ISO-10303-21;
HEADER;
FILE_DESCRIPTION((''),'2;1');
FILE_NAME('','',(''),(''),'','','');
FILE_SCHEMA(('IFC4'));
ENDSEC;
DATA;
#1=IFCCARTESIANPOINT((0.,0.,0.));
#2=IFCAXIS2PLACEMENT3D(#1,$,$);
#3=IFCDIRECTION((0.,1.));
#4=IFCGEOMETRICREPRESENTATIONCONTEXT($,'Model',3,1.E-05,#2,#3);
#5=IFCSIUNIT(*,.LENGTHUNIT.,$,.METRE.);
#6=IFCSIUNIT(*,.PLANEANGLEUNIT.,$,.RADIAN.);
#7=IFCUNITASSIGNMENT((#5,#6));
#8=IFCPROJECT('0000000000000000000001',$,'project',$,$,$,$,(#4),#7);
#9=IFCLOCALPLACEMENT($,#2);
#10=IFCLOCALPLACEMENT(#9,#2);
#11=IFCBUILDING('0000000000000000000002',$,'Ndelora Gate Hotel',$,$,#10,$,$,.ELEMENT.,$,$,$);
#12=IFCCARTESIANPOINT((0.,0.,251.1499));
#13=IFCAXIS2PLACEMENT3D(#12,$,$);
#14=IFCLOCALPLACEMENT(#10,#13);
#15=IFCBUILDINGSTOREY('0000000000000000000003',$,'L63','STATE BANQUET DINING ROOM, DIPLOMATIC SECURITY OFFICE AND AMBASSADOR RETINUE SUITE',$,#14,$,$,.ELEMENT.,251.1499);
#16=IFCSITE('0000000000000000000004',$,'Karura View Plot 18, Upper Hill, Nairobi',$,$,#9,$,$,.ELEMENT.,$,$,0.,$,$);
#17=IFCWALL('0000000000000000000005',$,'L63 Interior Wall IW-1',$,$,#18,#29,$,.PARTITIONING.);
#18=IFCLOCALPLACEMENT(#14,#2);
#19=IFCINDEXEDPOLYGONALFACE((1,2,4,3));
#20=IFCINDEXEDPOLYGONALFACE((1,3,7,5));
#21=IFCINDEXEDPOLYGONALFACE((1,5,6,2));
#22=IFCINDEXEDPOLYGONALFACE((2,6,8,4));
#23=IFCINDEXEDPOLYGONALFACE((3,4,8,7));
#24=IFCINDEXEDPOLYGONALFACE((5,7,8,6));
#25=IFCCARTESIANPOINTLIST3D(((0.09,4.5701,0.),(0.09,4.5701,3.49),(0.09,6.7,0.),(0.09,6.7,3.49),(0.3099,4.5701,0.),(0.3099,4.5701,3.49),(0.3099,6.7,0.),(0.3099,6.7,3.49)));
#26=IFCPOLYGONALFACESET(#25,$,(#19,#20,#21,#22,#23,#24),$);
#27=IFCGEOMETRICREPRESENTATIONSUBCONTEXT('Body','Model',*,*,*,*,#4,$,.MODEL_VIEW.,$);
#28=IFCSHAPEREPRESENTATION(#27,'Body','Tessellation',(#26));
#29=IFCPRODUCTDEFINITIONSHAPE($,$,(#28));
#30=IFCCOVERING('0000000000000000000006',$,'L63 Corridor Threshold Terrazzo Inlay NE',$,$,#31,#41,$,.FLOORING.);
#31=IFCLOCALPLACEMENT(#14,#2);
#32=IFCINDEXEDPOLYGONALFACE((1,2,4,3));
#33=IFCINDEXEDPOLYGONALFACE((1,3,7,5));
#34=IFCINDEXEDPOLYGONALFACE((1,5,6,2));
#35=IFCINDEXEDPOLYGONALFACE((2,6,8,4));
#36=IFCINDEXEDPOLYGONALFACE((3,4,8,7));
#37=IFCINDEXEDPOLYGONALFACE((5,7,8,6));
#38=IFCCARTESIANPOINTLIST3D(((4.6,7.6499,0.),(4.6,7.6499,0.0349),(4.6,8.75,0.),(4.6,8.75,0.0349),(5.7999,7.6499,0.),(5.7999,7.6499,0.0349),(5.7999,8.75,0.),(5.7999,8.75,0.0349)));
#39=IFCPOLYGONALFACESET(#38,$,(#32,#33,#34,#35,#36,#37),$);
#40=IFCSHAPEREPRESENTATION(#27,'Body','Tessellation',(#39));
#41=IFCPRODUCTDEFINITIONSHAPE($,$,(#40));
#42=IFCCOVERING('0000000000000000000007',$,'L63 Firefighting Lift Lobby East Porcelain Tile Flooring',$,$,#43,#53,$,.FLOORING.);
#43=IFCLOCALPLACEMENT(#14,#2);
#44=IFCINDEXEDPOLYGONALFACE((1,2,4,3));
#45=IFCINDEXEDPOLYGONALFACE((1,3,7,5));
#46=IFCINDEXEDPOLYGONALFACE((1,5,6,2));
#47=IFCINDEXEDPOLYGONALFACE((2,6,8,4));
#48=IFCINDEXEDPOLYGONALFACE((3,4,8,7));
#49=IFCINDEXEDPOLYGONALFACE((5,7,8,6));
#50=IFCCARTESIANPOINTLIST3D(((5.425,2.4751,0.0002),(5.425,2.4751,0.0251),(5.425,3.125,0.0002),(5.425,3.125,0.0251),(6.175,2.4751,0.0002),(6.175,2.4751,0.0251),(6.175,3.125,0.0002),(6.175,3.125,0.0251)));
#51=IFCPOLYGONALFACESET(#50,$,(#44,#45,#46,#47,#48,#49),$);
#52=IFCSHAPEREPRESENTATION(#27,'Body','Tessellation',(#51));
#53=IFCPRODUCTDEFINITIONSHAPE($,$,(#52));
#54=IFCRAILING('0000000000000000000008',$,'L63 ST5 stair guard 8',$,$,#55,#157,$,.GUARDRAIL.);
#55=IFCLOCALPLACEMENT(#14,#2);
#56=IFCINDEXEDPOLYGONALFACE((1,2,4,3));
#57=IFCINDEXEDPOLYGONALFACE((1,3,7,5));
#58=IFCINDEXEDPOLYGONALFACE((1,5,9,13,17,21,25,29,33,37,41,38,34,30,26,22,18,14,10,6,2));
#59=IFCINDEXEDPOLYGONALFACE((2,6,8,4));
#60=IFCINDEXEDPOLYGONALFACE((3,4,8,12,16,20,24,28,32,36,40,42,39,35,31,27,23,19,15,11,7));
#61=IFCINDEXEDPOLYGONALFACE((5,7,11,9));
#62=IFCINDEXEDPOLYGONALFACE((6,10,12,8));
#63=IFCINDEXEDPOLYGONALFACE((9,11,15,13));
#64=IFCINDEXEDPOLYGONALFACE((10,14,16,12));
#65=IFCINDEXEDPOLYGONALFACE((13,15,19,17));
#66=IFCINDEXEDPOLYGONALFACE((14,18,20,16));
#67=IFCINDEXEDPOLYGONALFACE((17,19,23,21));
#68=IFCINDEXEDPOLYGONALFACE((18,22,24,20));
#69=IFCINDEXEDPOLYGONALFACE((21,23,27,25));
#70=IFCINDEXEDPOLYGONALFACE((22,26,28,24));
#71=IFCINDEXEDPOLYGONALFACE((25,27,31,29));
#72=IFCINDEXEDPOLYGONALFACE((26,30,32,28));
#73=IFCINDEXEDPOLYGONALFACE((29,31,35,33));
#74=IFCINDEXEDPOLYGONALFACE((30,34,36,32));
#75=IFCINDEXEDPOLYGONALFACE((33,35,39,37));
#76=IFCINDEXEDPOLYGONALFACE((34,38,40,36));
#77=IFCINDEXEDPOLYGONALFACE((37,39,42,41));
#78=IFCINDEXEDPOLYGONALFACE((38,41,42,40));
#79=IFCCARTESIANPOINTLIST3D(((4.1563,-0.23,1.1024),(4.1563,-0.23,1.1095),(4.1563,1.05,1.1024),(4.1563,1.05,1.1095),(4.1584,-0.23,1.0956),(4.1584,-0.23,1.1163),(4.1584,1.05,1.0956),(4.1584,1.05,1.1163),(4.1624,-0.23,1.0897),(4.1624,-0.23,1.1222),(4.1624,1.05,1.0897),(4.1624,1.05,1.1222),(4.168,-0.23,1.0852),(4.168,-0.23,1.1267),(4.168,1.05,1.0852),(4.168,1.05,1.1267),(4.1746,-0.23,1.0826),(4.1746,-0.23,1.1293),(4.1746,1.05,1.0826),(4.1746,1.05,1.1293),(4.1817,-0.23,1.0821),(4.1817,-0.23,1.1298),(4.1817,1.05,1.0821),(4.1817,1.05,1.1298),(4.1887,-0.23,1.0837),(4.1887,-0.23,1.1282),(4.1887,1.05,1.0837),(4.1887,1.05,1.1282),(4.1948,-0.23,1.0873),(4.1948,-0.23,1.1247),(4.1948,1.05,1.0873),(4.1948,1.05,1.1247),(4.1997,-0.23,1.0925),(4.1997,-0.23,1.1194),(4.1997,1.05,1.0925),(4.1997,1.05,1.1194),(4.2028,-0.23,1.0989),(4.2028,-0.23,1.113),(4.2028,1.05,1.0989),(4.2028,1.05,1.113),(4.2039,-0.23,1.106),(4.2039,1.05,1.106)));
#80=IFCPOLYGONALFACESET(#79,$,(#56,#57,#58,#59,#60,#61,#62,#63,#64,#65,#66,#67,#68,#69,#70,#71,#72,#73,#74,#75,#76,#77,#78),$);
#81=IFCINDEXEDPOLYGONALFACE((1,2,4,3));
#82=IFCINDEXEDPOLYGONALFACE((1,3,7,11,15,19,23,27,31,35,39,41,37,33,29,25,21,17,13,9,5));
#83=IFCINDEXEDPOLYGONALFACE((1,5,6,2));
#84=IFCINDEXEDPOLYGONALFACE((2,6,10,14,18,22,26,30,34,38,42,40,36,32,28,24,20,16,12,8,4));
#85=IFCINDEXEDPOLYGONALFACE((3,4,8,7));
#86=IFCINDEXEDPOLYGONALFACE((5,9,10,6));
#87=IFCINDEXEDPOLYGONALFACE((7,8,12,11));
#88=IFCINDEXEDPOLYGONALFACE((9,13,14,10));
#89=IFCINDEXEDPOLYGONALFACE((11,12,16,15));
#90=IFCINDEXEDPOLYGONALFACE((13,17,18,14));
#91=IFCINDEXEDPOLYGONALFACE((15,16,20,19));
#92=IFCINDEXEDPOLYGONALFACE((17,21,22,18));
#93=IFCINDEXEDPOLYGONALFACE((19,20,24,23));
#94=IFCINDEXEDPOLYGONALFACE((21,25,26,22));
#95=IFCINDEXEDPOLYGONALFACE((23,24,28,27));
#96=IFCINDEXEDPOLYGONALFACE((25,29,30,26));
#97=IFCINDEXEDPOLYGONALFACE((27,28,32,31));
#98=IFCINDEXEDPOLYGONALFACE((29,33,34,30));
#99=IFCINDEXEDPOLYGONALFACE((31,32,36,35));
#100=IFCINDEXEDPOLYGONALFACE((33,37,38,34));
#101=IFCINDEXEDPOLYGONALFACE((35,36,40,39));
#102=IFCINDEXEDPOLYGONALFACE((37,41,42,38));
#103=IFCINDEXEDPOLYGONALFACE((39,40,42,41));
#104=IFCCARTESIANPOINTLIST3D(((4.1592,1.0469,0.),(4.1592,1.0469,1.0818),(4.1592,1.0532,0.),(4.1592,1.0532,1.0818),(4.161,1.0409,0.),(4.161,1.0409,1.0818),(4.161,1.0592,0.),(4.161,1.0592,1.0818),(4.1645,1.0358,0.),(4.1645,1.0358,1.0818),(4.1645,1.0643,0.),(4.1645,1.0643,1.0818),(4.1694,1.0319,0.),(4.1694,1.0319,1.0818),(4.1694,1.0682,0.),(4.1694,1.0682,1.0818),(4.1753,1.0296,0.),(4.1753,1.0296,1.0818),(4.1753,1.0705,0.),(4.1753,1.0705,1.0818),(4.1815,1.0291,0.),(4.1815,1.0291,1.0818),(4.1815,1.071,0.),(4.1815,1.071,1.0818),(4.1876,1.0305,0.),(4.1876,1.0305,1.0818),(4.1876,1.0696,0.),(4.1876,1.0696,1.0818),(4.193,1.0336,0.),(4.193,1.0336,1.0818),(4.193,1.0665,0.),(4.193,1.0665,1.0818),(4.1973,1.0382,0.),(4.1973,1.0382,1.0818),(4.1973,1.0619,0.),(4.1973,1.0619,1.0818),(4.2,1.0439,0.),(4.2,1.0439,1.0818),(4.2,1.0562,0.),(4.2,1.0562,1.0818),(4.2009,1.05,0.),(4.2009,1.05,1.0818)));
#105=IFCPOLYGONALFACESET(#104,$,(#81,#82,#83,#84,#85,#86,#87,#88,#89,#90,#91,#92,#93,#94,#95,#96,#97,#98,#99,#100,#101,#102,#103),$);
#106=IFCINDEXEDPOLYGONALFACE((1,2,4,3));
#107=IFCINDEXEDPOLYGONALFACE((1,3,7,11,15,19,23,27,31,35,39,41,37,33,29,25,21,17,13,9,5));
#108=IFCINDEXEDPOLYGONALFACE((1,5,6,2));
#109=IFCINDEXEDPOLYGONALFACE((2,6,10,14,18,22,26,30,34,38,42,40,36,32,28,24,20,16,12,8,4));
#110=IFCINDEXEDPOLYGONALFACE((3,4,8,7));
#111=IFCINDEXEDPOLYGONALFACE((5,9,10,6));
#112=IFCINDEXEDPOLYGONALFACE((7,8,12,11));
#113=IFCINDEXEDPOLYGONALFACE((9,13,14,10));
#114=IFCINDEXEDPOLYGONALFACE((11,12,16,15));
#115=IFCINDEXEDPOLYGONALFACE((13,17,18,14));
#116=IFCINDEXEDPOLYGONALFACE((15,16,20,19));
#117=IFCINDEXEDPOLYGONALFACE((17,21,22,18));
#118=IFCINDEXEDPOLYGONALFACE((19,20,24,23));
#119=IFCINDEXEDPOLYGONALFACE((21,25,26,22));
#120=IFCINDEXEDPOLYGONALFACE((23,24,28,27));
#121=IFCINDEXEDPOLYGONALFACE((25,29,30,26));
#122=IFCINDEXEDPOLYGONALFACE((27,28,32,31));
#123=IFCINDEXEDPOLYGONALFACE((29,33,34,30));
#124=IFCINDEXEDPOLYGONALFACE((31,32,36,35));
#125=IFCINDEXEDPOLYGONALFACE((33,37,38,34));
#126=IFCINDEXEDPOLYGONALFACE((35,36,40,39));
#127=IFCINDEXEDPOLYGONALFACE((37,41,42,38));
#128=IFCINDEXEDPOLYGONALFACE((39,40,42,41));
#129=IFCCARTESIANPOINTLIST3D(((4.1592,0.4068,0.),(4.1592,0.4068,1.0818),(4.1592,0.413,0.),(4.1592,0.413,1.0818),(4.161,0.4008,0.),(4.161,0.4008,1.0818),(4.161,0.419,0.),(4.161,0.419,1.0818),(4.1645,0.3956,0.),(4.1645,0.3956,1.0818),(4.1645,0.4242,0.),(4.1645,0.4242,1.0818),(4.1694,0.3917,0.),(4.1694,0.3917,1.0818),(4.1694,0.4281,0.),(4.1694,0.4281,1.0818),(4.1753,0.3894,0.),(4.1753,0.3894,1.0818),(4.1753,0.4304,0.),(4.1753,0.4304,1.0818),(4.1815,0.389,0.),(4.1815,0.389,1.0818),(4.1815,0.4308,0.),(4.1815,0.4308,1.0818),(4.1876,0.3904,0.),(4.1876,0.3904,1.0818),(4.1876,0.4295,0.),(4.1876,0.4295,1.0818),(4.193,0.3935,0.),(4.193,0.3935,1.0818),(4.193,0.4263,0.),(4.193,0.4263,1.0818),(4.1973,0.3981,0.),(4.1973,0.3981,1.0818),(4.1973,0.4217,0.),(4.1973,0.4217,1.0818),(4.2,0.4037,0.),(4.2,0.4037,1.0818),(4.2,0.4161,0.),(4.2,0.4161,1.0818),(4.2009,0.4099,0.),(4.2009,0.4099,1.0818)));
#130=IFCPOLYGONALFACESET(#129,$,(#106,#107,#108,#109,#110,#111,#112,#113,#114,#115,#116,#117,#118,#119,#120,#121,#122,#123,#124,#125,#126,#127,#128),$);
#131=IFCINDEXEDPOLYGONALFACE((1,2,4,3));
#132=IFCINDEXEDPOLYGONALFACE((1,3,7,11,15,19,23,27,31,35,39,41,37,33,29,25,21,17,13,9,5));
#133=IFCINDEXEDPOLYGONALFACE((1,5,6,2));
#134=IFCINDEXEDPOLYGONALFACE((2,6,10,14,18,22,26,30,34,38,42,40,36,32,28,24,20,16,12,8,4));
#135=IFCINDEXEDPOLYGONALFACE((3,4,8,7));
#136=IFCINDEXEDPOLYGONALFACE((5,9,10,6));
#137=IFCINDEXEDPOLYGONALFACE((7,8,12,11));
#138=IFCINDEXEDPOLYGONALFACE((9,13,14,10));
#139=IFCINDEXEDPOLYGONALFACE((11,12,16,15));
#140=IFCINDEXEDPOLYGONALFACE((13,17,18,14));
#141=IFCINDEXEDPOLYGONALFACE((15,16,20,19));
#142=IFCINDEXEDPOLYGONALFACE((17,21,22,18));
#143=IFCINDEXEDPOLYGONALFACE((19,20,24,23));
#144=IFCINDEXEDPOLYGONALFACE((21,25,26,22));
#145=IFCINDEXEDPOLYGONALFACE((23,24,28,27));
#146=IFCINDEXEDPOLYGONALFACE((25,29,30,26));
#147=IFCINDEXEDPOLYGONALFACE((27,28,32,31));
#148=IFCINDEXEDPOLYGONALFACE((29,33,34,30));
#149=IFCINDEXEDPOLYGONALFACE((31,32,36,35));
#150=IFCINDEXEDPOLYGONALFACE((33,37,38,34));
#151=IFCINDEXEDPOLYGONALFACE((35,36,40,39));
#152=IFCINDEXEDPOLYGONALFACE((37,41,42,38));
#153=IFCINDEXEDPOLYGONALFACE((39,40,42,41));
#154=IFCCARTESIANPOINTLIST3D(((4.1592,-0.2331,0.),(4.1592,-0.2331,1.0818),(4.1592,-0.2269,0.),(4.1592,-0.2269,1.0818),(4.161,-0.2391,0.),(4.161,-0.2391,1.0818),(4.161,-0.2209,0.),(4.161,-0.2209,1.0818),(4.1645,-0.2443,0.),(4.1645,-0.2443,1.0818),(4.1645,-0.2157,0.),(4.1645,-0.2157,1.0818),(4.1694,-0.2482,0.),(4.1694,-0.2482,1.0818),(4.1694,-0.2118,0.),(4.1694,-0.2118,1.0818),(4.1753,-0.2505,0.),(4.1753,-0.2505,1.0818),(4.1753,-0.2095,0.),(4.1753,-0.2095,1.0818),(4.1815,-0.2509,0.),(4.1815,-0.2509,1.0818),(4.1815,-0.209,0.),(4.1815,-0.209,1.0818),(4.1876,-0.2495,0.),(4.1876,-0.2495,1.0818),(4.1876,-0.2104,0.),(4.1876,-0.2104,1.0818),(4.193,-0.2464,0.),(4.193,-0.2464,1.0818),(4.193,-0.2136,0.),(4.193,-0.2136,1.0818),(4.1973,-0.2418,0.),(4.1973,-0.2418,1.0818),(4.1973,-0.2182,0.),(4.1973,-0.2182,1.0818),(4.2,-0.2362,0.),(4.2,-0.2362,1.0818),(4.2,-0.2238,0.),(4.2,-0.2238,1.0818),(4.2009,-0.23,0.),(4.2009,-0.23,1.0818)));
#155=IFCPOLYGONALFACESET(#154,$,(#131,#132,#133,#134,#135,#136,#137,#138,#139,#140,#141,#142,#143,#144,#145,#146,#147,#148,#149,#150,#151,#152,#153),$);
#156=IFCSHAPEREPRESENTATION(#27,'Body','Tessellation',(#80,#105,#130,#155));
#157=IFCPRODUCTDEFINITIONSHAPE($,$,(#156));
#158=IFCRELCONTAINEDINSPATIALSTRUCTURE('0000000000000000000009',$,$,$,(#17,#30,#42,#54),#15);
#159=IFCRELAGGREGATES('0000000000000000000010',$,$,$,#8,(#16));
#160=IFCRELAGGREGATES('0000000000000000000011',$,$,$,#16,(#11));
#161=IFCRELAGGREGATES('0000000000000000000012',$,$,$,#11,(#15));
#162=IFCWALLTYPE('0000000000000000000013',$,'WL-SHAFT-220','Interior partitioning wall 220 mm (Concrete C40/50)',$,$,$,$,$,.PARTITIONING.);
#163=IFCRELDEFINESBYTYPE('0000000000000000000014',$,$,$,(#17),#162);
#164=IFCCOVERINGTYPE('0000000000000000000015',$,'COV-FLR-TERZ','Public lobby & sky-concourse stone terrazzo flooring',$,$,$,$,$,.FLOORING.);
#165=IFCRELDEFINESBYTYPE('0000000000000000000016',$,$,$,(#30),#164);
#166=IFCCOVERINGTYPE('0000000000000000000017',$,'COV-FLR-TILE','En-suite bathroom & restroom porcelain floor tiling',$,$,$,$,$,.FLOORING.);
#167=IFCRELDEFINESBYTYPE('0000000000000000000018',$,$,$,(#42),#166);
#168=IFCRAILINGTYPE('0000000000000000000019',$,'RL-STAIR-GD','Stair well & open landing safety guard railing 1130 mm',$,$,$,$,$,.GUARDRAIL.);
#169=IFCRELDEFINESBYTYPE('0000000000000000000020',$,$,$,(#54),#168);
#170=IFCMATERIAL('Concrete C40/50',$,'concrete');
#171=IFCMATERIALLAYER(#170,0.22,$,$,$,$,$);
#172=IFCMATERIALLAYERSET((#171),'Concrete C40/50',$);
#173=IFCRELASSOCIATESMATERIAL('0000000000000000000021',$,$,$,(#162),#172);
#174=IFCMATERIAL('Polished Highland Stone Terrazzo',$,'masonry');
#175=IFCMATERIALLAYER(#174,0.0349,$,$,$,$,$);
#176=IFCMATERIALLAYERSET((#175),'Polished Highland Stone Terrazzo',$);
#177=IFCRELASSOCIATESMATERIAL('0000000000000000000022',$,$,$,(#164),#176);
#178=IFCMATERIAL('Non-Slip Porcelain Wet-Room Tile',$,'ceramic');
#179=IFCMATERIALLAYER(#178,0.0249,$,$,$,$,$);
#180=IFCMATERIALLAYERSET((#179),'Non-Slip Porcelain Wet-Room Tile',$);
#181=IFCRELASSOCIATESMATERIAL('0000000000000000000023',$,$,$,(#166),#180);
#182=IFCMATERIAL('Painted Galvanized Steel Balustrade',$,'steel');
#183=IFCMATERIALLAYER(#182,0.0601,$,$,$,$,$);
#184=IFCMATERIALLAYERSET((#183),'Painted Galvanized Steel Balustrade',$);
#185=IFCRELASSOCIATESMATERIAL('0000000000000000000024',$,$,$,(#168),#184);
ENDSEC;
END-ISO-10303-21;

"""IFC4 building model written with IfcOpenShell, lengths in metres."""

from ifc_helpers import new_model, si_unit, direction, frame, frame_2d, origin, origin_2d, place, context, subcontext, project, spatial, rectangle, circle, extrude, material, layer, layer_set, type_object, element, save


model = new_model("IFC4")

# Units and contexts
model_context = context("Model", 3, precision=1e-05, world=origin(), true_north=direction((0.0, 1.0)))
body_context = subcontext(model_context, "Body", "Model", "MODEL_VIEW")
ifc_project = project(units=[si_unit("LENGTHUNIT", "METRE"), si_unit("PLANEANGLEUNIT", "RADIAN")], contexts=[model_context])

# Site, building, storey
site_placement = place(None, origin())
site = spatial("IfcSite", under=ifc_project, at=site_placement, Name="Karura View Plot 18, Upper Hill, Nairobi", CompositionType="ELEMENT", RefElevation=0.0)
building_placement = place(site_placement, origin())
building = spatial("IfcBuilding", under=site, at=building_placement, Name="Ndelora Gate Hotel", CompositionType="ELEMENT")
storey_placement = place(building_placement, frame((0.0, 0.0, 251.1499)))
storey = spatial("IfcBuildingStorey", under=building, at=storey_placement, Name="L63", Description="STATE BANQUET DINING ROOM, DIPLOMATIC SECURITY OFFICE AND AMBASSADOR RETINUE SUITE", CompositionType="ELEMENT", Elevation=251.1499)

# Shared definitions
ifc_material_1 = material(Name="Concrete C40/50", Category="concrete")

# Shared definitions
ifc_layer_1 = layer(ifc_material_1, 0.22)
ifc_layer_set_1 = layer_set([ifc_layer_1], Name="Concrete C40/50")
wall_type_1 = type_object("IfcWallType", Name="WL-SHAFT-220", Description="Interior partitioning wall 220 mm (Concrete C40/50)", PredefinedType="PARTITIONING", material=ifc_layer_set_1)

# Wall
wall_1_placement = place(storey_placement, frame((0.2, 4.5701, 0.0), z_axis=(0.0, 0.0, 1.0), x_axis=(0.0, 1.0, 0.0)))
element("IfcWall", 1, at=wall_1_placement, inside=storey, type_object=wall_type_1, Name="L63 Interior Wall IW-1", PredefinedType="PARTITIONING", context=body_context, shape_type="SweptSolid", body=[
    extrude(rectangle(XDim=2.1299, YDim=0.22, at=frame_2d((1.0649, 0.0))), origin(), (0.0, 0.0, 1.0), 3.49),
])

# Coverings
ifc_material_2 = material(Name="Polished Highland Stone Terrazzo", Category="masonry")
ifc_layer_2 = layer(ifc_material_2, 0.0349)
ifc_layer_set_2 = layer_set([ifc_layer_2], Name="Polished Highland Stone Terrazzo")
covering_type_1 = type_object("IfcCoveringType", Name="COV-FLR-TERZ", Description="Public lobby & sky-concourse stone terrazzo flooring", PredefinedType="FLOORING", material=ifc_layer_set_2)
covering_1_placement = place(storey_placement, frame((5.2, 8.2, 0.0), z_axis=(0.0, 0.0, 1.0), x_axis=(1.0, 0.0, 0.0)))
element("IfcCovering", 2, at=covering_1_placement, inside=storey, type_object=covering_type_1, Name="L63 Corridor Threshold Terrazzo Inlay NE", PredefinedType="FLOORING", context=body_context, shape_type="SweptSolid", body=[
    extrude(rectangle(XDim=1.2, YDim=1.1001, at=origin_2d()), origin(), (0.0, 0.0, 1.0), 0.0349),
])
ifc_material_3 = material(Name="Non-Slip Porcelain Wet-Room Tile", Category="ceramic")
ifc_layer_3 = layer(ifc_material_3, 0.0249)
ifc_layer_set_3 = layer_set([ifc_layer_3], Name="Non-Slip Porcelain Wet-Room Tile")
covering_type_2 = type_object("IfcCoveringType", Name="COV-FLR-TILE", Description="En-suite bathroom & restroom porcelain floor tiling", PredefinedType="FLOORING", material=ifc_layer_set_3)
covering_2_placement = place(storey_placement, frame((5.8, 2.8, 0.0002), z_axis=(0.0, 0.0, 1.0), x_axis=(1.0, 0.0, 0.0)))
element("IfcCovering", 3, at=covering_2_placement, inside=storey, type_object=covering_type_2, Name="L63 Firefighting Lift Lobby East Porcelain Tile Flooring", PredefinedType="FLOORING", context=body_context, shape_type="SweptSolid", body=[
    extrude(rectangle(XDim=0.75, YDim=0.6499, at=origin_2d()), origin(), (0.0, 0.0, 1.0), 0.0249),
])

# Railing
ifc_material_4 = material(Name="Painted Galvanized Steel Balustrade", Category="steel")
ifc_layer_4 = layer(ifc_material_4, 0.0601)
ifc_layer_set_4 = layer_set([ifc_layer_4], Name="Painted Galvanized Steel Balustrade")
railing_type = type_object("IfcRailingType", Name="RL-STAIR-GD", Description="Stair well & open landing safety guard railing 1130 mm", PredefinedType="GUARDRAIL", material=ifc_layer_set_4)
for number, where, name in (
    (4, (4.1799, 1.05, 0.0), "L63 ST5 stair guard 8"),
):
    element("IfcRailing", number, at=place(storey_placement, frame(where)), inside=storey, type_object=railing_type, Name=name, PredefinedType="GUARDRAIL", context=body_context, shape_type="SweptSolid", body=[
        extrude(circle(Radius=0.0239, at=origin_2d()), frame((0.0, 0.0, 1.106), z_axis=(0.0, -1.0, 0.0), x_axis=(1.0, 0.0, 0.0)), (0.0, 0.0, 1.0), 1.28),
        extrude(circle(Radius=0.021, at=origin_2d()), origin(), (0.0, 0.0, 1.0), 1.0818),
        extrude(circle(Radius=0.021, at=origin_2d()), frame((0.0, -0.6401, 0.0)), (0.0, 0.0, 1.0), 1.0818),
        extrude(circle(Radius=0.021, at=origin_2d()), frame((0.0, -1.28, 0.0)), (0.0, 0.0, 1.0), 1.0818),
    ])

save(model, "model.ifc")
